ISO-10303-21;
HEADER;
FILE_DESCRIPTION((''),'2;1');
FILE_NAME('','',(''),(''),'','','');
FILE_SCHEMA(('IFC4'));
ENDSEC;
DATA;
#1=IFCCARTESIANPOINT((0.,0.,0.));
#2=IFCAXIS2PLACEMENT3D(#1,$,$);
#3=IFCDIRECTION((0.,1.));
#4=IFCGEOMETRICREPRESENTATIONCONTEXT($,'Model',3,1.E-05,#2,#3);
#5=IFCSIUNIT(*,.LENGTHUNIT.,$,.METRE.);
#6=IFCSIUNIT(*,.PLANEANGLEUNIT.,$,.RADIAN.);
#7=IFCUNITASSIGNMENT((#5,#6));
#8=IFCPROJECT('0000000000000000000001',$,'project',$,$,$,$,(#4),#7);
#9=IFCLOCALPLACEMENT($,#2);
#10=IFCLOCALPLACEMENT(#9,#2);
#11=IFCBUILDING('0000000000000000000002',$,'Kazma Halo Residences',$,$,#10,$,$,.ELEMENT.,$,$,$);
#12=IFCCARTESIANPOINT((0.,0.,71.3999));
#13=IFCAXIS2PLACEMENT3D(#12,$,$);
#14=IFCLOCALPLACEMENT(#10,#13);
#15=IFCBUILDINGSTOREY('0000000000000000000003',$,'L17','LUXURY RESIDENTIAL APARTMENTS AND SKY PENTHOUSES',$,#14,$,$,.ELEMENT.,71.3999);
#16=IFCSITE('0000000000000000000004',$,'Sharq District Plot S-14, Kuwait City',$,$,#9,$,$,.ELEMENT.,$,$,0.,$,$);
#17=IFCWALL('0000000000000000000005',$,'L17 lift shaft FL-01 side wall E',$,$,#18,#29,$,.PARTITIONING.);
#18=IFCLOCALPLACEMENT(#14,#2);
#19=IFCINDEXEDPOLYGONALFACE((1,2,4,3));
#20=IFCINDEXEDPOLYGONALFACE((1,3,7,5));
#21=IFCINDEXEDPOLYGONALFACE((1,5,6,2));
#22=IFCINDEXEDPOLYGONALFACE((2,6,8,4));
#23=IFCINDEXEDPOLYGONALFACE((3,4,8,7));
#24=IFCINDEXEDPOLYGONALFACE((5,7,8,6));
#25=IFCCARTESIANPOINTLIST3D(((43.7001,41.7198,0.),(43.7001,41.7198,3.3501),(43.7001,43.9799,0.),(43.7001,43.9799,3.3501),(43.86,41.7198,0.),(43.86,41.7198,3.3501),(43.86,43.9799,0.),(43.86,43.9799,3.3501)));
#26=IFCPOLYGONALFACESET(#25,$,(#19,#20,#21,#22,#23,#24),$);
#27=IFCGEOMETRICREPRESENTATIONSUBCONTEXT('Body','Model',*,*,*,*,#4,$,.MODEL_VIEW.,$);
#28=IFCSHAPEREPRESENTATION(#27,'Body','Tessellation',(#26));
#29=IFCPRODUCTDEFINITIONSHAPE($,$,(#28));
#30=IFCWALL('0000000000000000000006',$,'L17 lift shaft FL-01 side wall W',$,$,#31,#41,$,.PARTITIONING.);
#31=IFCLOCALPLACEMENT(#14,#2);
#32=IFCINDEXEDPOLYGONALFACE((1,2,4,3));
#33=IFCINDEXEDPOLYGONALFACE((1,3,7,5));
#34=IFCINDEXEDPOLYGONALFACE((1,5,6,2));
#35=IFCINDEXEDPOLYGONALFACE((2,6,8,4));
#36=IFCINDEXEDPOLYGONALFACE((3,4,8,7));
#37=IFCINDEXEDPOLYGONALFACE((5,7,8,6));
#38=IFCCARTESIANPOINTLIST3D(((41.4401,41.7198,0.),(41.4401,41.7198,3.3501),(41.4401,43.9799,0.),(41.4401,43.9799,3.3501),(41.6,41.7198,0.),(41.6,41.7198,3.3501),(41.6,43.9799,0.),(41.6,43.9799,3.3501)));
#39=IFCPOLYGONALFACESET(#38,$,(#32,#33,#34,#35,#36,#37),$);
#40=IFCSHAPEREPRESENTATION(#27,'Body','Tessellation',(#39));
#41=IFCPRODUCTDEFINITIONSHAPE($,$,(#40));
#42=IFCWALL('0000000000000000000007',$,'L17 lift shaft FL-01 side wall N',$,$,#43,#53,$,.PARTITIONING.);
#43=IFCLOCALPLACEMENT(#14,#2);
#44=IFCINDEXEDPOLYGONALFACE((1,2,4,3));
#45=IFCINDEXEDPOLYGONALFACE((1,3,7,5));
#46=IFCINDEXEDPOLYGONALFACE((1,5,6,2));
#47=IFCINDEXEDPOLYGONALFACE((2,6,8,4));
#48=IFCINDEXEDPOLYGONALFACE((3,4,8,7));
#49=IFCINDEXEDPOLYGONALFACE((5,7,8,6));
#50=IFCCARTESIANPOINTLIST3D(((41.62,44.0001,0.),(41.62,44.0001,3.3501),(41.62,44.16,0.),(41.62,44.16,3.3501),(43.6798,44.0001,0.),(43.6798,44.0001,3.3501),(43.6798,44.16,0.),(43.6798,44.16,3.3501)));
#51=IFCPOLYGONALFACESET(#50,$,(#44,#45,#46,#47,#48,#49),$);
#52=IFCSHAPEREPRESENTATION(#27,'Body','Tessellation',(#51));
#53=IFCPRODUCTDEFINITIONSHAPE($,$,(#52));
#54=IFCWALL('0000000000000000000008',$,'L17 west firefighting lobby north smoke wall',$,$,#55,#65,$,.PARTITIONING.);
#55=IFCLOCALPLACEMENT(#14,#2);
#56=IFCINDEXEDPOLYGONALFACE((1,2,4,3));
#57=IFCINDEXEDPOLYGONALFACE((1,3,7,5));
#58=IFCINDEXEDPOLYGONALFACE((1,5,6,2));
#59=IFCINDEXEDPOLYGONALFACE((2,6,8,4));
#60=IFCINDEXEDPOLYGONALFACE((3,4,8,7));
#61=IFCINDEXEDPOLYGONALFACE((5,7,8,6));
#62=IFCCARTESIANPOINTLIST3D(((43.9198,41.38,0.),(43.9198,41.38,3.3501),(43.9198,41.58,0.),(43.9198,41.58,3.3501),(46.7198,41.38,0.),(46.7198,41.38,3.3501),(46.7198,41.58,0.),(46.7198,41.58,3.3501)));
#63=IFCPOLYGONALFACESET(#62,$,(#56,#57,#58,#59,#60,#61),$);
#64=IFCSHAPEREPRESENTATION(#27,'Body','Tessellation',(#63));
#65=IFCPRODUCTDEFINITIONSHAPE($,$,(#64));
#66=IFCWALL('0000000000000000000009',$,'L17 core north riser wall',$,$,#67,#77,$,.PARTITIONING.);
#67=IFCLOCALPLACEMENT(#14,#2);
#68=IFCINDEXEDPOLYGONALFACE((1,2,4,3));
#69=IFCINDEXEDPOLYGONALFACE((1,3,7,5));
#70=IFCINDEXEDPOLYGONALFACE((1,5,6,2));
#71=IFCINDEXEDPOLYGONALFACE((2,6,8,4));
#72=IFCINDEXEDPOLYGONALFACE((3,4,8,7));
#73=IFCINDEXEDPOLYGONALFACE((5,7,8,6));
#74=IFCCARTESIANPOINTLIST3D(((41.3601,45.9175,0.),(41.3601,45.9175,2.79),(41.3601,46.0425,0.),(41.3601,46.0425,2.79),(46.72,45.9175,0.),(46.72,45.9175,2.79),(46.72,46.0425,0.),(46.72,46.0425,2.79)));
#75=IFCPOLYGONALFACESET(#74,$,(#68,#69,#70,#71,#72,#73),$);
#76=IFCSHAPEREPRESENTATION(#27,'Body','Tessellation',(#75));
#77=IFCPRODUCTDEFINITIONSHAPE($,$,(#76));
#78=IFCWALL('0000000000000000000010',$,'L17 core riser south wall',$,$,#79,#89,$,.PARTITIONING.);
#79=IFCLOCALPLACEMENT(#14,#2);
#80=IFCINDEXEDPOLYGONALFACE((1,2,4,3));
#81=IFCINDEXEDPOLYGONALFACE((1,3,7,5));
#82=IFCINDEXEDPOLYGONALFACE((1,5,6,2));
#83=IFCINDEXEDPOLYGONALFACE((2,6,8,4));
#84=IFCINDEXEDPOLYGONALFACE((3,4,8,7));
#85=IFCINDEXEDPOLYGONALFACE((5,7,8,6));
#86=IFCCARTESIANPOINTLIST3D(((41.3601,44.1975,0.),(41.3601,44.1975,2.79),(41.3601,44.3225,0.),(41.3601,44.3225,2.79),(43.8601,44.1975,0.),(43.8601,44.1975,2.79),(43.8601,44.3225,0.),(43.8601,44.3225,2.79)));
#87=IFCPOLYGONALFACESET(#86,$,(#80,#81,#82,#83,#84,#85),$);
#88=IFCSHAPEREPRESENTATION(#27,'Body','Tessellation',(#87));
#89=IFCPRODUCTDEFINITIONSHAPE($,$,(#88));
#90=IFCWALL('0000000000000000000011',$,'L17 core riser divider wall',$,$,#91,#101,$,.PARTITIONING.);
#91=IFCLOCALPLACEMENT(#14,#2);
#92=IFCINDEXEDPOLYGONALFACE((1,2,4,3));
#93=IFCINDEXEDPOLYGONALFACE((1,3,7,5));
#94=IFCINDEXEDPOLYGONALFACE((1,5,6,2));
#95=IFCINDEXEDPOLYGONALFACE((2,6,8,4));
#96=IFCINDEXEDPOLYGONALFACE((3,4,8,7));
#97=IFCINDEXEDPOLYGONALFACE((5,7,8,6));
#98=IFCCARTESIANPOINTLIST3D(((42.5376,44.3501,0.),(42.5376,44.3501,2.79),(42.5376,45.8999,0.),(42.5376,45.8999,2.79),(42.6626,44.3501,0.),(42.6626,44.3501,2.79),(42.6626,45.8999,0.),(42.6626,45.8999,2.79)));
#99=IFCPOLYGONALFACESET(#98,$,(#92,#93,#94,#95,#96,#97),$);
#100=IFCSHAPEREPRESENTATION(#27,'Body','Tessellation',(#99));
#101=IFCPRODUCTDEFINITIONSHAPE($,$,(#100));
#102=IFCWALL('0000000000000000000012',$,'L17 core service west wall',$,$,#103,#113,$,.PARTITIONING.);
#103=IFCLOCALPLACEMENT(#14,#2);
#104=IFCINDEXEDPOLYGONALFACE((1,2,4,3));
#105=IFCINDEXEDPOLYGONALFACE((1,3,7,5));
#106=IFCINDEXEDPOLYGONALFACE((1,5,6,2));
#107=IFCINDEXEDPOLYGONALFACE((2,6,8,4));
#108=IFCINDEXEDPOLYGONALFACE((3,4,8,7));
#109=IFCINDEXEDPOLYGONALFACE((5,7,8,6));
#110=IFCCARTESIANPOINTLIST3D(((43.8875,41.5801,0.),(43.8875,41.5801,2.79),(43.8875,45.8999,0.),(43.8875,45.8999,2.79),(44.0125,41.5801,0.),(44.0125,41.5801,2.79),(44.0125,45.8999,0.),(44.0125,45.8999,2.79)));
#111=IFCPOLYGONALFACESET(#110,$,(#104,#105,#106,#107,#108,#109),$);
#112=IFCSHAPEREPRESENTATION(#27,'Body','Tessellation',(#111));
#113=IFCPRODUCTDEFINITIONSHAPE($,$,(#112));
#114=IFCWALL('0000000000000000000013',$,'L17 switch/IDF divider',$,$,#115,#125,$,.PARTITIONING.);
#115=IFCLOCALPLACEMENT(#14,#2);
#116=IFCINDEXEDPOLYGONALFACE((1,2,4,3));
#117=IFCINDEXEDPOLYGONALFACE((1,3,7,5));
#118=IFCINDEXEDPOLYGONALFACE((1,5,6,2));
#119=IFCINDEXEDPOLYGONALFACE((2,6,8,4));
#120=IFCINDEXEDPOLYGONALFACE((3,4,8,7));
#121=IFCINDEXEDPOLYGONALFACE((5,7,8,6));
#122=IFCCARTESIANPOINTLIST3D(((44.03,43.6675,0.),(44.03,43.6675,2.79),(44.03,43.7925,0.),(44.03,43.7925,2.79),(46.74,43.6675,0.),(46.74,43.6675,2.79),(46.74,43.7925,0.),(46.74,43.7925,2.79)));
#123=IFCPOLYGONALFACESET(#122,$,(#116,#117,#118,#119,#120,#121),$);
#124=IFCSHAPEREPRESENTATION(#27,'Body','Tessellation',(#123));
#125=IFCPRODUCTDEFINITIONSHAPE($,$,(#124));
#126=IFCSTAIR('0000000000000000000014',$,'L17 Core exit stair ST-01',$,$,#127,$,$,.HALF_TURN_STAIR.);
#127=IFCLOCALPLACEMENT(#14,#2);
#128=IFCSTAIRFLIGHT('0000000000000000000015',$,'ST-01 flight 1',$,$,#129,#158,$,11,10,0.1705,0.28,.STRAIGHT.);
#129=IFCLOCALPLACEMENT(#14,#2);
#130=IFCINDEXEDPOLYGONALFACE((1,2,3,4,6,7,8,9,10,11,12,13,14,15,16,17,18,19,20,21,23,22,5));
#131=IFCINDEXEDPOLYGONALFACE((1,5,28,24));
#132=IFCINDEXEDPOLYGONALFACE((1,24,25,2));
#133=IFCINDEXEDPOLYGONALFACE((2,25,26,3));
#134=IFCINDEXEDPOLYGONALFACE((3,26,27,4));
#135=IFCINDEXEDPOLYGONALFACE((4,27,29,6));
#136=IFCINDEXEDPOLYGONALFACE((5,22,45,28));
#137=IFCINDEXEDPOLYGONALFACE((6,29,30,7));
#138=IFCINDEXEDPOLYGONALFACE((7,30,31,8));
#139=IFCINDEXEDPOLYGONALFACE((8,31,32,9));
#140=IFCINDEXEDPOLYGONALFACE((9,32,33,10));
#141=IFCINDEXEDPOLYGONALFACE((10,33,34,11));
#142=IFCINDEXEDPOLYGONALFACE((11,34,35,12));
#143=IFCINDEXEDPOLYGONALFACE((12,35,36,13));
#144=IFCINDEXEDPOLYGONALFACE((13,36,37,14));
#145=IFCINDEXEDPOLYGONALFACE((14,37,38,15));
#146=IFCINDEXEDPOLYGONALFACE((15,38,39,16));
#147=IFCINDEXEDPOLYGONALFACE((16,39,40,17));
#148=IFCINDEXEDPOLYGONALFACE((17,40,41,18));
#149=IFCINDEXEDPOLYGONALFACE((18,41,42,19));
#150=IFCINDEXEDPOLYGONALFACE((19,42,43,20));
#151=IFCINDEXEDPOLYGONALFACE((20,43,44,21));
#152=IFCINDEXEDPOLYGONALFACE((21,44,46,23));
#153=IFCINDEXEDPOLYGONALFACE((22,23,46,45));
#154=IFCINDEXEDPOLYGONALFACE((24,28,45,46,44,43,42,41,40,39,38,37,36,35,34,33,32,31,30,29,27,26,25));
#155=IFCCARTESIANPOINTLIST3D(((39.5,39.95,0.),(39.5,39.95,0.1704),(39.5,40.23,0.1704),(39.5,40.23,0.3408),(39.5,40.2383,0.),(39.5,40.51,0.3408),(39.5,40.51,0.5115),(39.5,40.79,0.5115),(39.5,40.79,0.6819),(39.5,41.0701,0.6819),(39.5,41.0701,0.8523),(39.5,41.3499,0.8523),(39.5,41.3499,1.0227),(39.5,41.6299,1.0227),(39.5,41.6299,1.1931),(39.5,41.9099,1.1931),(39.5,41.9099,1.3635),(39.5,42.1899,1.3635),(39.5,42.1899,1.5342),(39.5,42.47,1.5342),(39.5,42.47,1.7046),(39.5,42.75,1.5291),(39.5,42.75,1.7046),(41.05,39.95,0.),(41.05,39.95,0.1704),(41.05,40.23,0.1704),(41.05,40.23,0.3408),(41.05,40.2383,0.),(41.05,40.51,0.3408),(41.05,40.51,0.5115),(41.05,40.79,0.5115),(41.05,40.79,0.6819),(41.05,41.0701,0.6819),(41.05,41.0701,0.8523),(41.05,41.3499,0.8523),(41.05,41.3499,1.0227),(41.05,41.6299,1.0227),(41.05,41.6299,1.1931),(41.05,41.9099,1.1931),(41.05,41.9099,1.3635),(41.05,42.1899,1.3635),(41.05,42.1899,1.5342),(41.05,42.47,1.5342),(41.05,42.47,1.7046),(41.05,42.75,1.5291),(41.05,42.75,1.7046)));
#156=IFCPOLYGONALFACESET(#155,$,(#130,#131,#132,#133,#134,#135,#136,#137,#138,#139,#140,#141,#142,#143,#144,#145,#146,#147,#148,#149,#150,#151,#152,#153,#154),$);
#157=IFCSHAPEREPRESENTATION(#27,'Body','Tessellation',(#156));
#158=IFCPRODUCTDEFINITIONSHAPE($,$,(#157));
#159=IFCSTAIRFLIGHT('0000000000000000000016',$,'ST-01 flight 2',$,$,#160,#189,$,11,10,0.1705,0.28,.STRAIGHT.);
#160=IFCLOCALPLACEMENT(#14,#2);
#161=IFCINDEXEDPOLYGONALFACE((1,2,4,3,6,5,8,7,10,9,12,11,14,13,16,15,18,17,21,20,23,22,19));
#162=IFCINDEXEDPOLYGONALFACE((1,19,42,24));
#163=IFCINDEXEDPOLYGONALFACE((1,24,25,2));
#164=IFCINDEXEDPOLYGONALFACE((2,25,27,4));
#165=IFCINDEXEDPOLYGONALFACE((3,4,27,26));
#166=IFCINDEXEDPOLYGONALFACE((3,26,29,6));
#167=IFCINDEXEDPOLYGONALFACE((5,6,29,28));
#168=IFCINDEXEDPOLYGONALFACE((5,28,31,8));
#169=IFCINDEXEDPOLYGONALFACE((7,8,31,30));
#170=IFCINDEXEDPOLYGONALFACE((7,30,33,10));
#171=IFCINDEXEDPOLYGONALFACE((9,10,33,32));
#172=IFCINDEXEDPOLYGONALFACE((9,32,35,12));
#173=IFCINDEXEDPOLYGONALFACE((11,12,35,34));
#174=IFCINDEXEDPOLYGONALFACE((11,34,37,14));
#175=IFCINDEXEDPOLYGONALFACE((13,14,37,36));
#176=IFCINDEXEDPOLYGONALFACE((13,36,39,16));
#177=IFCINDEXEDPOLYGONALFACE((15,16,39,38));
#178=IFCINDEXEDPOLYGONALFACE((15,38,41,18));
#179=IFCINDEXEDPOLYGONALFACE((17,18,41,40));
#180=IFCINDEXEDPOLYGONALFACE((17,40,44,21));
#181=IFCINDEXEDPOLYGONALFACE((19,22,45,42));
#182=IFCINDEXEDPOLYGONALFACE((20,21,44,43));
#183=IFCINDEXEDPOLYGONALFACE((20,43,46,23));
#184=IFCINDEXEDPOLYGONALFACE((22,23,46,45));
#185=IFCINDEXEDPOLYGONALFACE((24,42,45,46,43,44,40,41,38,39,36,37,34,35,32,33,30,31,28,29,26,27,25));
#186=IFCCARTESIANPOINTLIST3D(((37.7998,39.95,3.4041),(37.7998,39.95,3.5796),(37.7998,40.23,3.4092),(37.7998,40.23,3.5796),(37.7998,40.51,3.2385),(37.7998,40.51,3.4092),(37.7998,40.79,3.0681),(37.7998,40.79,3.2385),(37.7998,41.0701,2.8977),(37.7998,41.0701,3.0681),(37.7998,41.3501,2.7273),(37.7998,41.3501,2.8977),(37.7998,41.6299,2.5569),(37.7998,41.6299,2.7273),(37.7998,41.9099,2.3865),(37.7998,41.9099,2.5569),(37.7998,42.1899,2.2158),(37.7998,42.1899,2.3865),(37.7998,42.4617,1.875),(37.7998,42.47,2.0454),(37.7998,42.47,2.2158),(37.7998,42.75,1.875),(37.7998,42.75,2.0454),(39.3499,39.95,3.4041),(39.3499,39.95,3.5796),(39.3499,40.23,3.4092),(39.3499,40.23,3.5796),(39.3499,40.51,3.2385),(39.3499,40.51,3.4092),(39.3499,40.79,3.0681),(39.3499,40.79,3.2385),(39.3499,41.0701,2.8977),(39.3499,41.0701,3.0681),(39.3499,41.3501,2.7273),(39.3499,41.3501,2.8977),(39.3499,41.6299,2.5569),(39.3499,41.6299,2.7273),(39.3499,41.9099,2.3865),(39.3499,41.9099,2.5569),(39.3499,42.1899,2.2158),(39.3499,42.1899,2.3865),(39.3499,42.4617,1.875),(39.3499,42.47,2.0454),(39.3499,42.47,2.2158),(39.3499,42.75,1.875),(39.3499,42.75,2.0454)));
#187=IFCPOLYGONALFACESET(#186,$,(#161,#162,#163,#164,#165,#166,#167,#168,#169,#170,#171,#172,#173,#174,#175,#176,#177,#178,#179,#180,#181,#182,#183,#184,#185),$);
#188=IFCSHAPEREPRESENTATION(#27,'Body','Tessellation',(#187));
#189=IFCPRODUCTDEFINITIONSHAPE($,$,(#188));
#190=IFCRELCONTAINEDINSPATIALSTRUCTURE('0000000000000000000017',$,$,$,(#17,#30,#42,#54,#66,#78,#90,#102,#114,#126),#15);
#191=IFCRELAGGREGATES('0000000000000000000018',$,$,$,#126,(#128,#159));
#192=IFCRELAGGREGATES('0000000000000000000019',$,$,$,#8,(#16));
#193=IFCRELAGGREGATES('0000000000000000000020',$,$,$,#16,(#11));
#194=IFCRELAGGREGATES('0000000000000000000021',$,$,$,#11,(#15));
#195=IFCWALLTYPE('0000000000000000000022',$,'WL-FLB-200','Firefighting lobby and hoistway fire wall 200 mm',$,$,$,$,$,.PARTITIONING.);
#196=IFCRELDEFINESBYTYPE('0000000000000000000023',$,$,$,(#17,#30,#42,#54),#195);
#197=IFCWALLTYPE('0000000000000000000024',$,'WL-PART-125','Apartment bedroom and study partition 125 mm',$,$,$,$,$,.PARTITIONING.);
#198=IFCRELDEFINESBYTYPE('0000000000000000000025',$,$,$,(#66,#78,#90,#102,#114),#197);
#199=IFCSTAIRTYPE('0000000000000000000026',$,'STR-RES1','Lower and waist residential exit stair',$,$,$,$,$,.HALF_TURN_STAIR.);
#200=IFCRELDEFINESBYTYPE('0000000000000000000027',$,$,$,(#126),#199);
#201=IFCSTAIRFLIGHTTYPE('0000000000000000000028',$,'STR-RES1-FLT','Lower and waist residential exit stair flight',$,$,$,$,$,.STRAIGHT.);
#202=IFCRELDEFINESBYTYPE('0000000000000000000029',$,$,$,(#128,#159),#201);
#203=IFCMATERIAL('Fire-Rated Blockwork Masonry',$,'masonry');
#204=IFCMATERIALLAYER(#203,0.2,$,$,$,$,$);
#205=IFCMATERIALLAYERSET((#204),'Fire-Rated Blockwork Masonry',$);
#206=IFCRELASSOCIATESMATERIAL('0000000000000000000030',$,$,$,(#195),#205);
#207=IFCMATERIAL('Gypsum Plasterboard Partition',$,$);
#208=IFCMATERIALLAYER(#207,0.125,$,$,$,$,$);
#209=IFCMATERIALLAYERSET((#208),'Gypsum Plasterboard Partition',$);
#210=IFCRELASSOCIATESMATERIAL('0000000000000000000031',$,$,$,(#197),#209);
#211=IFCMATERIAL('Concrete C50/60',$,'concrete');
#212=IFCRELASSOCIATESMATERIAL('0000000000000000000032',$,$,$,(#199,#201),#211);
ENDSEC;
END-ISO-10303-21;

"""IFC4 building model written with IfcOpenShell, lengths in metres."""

from ifc_helpers import new_model, si_unit, direction, frame, frame_2d, origin, place, context, subcontext, project, spatial, polyline, rectangle, outline, extrude, material, layer, layer_set, type_object, element, aggregate, save


model = new_model("IFC4")

# Units and contexts
model_context = context("Model", 3, precision=1e-05, world=origin(), true_north=direction((0.0, 1.0)))
body_context = subcontext(model_context, "Body", "Model", "MODEL_VIEW")
ifc_project = project(units=[si_unit("LENGTHUNIT", "METRE"), si_unit("PLANEANGLEUNIT", "RADIAN")], contexts=[model_context])

# Site, building, storey
site_placement = place(None, origin())
site = spatial("IfcSite", under=ifc_project, at=site_placement, Name="Sharq District Plot S-14, Kuwait City", CompositionType="ELEMENT", RefElevation=0.0)
building_placement = place(site_placement, origin())
building = spatial("IfcBuilding", under=site, at=building_placement, Name="Kazma Halo Residences", CompositionType="ELEMENT")
storey_placement = place(building_placement, frame((0.0, 0.0, 71.3999)))
storey = spatial("IfcBuildingStorey", under=building, at=storey_placement, Name="L17", Description="LUXURY RESIDENTIAL APARTMENTS AND SKY PENTHOUSES", CompositionType="ELEMENT", Elevation=71.3999)

# Shared definitions
ifc_material_1 = material(Name="Fire-Rated Blockwork Masonry", Category="masonry")
ifc_layer_1 = layer(ifc_material_1, 0.2)
ifc_layer_set_1 = layer_set([ifc_layer_1], Name="Fire-Rated Blockwork Masonry")
wall_type_1 = type_object("IfcWallType", Name="WL-FLB-200", Description="Firefighting lobby and hoistway fire wall 200 mm", PredefinedType="PARTITIONING", material=ifc_layer_set_1)

# Walls
for number, where, z_axis, x_axis, name in (
    (1, (43.78, 41.72, 0.0), (0.0, 0.0, 1.0), (0.0, 1.0, 0.0), "L17 lift shaft FL-01 side wall E"),
    (2, (41.52, 41.72, 0.0), (0.0, 0.0, 1.0), (0.0, 1.0, 0.0), "L17 lift shaft FL-01 side wall W"),
):
    element("IfcWall", number, at=place(storey_placement, frame(where, z_axis=z_axis, x_axis=x_axis)), inside=storey, type_object=wall_type_1, Name=name, PredefinedType="PARTITIONING", context=body_context, shape_type="SweptSolid", body=[
        extrude(rectangle(XDim=2.26, YDim=0.1599, at=frame_2d((1.1299, 0.0))), origin(), (0.0, 0.0, 1.0), 3.3501),
    ])
wall_1_placement = place(storey_placement, frame((41.6201, 44.0801, 0.0), z_axis=(0.0, 0.0, 1.0), x_axis=(1.0, 0.0, 0.0)))
element("IfcWall", 3, at=wall_1_placement, inside=storey, type_object=wall_type_1, Name="L17 lift shaft FL-01 side wall N", PredefinedType="PARTITIONING", context=body_context, shape_type="SweptSolid", body=[
    extrude(rectangle(XDim=2.0598, YDim=0.1599, at=frame_2d((1.0298, 0.0))), origin(), (0.0, 0.0, 1.0), 3.3501),
])
wall_2_placement = place(storey_placement, frame((43.9199, 41.48, 0.0), z_axis=(0.0, 0.0, 1.0), x_axis=(1.0, 0.0, 0.0)))
element("IfcWall", 4, at=wall_2_placement, inside=storey, type_object=wall_type_1, Name="L17 west firefighting lobby north smoke wall", PredefinedType="PARTITIONING", context=body_context, shape_type="SweptSolid", body=[
    extrude(rectangle(XDim=2.8, YDim=0.2, at=frame_2d((1.3999, 0.0))), origin(), (0.0, 0.0, 1.0), 3.3501),
])
ifc_material_2 = material(Name="Gypsum Plasterboard Partition")
ifc_layer_2 = layer(ifc_material_2, 0.125)
ifc_layer_set_2 = layer_set([ifc_layer_2], Name="Gypsum Plasterboard Partition")
wall_type_2 = type_object("IfcWallType", Name="WL-PART-125", Description="Apartment bedroom and study partition 125 mm", PredefinedType="PARTITIONING", material=ifc_layer_set_2)
wall_3_placement = place(storey_placement, frame((41.3601, 45.98, 0.0), z_axis=(0.0, 0.0, 1.0), x_axis=(1.0, 0.0, 0.0)))
element("IfcWall", 5, at=wall_3_placement, inside=storey, type_object=wall_type_2, Name="L17 core north riser wall", PredefinedType="PARTITIONING", context=body_context, shape_type="SweptSolid", body=[
    extrude(rectangle(XDim=5.3599, YDim=0.125, at=frame_2d((2.6799, 0.0))), origin(), (0.0, 0.0, 1.0), 2.79),
])
wall_4_placement = place(storey_placement, frame((41.3601, 44.26, 0.0), z_axis=(0.0, 0.0, 1.0), x_axis=(1.0, 0.0, 0.0)))
element("IfcWall", 6, at=wall_4_placement, inside=storey, type_object=wall_type_2, Name="L17 core riser south wall", PredefinedType="PARTITIONING", context=body_context, shape_type="SweptSolid", body=[
    extrude(rectangle(XDim=2.5, YDim=0.125, at=frame_2d((1.25, 0.0))), origin(), (0.0, 0.0, 1.0), 2.79),
])
wall_5_placement = place(storey_placement, frame((42.6001, 44.3501, 0.0), z_axis=(0.0, 0.0, 1.0), x_axis=(0.0, 1.0, 0.0)))
element("IfcWall", 7, at=wall_5_placement, inside=storey, type_object=wall_type_2, Name="L17 core riser divider wall", PredefinedType="PARTITIONING", context=body_context, shape_type="SweptSolid", body=[
    extrude(rectangle(XDim=1.5498, YDim=0.125, at=frame_2d((0.7749, 0.0))), origin(), (0.0, 0.0, 1.0), 2.79),
])
wall_6_placement = place(storey_placement, frame((43.95, 41.5801, 0.0), z_axis=(0.0, 0.0, 1.0), x_axis=(0.0, 1.0, 0.0)))
element("IfcWall", 8, at=wall_6_placement, inside=storey, type_object=wall_type_2, Name="L17 core service west wall", PredefinedType="PARTITIONING", context=body_context, shape_type="SweptSolid", body=[
    extrude(rectangle(XDim=4.3198, YDim=0.125, at=frame_2d((2.1599, 0.0))), origin(), (0.0, 0.0, 1.0), 2.79),
])
wall_7_placement = place(storey_placement, frame((44.03, 43.73, 0.0), z_axis=(0.0, 0.0, 1.0), x_axis=(1.0, 0.0, 0.0)))
element("IfcWall", 9, at=wall_7_placement, inside=storey, type_object=wall_type_2, Name="L17 switch/IDF divider", PredefinedType="PARTITIONING", context=body_context, shape_type="SweptSolid", body=[
    extrude(rectangle(XDim=2.71, YDim=0.125, at=frame_2d((1.355, 0.0))), origin(), (0.0, 0.0, 1.0), 2.79),
])

# Stair, stair flights
ifc_material_3 = material(Name="Concrete C50/60", Category="concrete")
stair_type = type_object("IfcStairType", Name="STR-RES1", Description="Lower and waist residential exit stair", PredefinedType="HALF_TURN_STAIR", material=ifc_material_3)
stair_placement = place(storey_placement, origin())
stair = element("IfcStair", 10, at=stair_placement, inside=storey, type_object=stair_type, Name="L17 Core exit stair ST-01", PredefinedType="HALF_TURN_STAIR")
stair_flight_type = type_object("IfcStairFlightType", Name="STR-RES1-FLT", Description="Lower and waist residential exit stair flight", PredefinedType="STRAIGHT", material=ifc_material_3)
stair_flight_1_placement = place(storey_placement, frame((40.2749, 39.95, 0.0), z_axis=(0.0, 0.0, 1.0), x_axis=(0.0, 1.0, 0.0)))
stair_flight_1 = element("IfcStairFlight", 11, at=stair_flight_1_placement, type_object=stair_flight_type, Name="ST-01 flight 1", NumberOfRisers=11, NumberOfTreads=10, PredefinedType="STRAIGHT", RiserHeight=0.1705, TreadLength=0.28, context=body_context, shape_type="SweptSolid", body=[
    extrude(outline(polyline([(0.0, 0.0), (0.0, 0.1704), (0.28, 0.1704), (0.28, 0.3408), (0.5601, 0.3408), (0.5601, 0.5115), (0.8401, 0.5115), (0.8401, 0.6819), (1.1201, 0.6819), (1.1201, 0.8523), (1.3999, 0.8523), (1.3999, 1.0227), (1.6799, 1.0227), (1.6799, 1.1931), (1.96, 1.1931), (1.96, 1.3635), (2.24, 1.3635), (2.24, 1.5342), (2.52, 1.5342), (2.52, 1.7046), (2.8, 1.7046), (2.8, 1.875), (2.8, 1.5291), (0.2883, 0.0), (0.0, 0.0)])), frame((0.0, 0.7749, 0.0), z_axis=(0.0, -1.0, 0.0), x_axis=(1.0, 0.0, 0.0)), (0.0, 0.0, 1.0), 1.55),
])
stair_flight_2_placement = place(storey_placement, frame((38.575, 42.75, 1.875), z_axis=(0.0, 0.0, 1.0), x_axis=(0.0, -1.0, 0.0)))
stair_flight_2 = element("IfcStairFlight", 12, at=stair_flight_2_placement, type_object=stair_flight_type, Name="ST-01 flight 2", NumberOfRisers=11, NumberOfTreads=10, PredefinedType="STRAIGHT", RiserHeight=0.1705, TreadLength=0.28, context=body_context, shape_type="SweptSolid", body=[
    extrude(outline(polyline([(0.0, 0.0), (0.0, 0.1704), (0.28, 0.1704), (0.28, 0.3408), (0.5601, 0.3408), (0.5601, 0.5115), (0.8401, 0.5115), (0.8401, 0.6819), (1.1201, 0.6819), (1.1201, 0.8523), (1.3999, 0.8523), (1.3999, 1.0227), (1.6799, 1.0227), (1.6799, 1.1931), (1.96, 1.1931), (1.96, 1.3635), (2.24, 1.3635), (2.24, 1.5342), (2.52, 1.5342), (2.52, 1.7046), (2.8, 1.7046), (2.8, 1.875), (2.8, 1.5291), (0.2883, 0.0), (0.0, 0.0)])), frame((0.0, 0.7749, 0.0), z_axis=(0.0, -1.0, 0.0), x_axis=(1.0, 0.0, 0.0)), (0.0, 0.0, 1.0), 1.55),
])
aggregate(stair, [stair_flight_1, stair_flight_2])

save(model, "model.ifc")
